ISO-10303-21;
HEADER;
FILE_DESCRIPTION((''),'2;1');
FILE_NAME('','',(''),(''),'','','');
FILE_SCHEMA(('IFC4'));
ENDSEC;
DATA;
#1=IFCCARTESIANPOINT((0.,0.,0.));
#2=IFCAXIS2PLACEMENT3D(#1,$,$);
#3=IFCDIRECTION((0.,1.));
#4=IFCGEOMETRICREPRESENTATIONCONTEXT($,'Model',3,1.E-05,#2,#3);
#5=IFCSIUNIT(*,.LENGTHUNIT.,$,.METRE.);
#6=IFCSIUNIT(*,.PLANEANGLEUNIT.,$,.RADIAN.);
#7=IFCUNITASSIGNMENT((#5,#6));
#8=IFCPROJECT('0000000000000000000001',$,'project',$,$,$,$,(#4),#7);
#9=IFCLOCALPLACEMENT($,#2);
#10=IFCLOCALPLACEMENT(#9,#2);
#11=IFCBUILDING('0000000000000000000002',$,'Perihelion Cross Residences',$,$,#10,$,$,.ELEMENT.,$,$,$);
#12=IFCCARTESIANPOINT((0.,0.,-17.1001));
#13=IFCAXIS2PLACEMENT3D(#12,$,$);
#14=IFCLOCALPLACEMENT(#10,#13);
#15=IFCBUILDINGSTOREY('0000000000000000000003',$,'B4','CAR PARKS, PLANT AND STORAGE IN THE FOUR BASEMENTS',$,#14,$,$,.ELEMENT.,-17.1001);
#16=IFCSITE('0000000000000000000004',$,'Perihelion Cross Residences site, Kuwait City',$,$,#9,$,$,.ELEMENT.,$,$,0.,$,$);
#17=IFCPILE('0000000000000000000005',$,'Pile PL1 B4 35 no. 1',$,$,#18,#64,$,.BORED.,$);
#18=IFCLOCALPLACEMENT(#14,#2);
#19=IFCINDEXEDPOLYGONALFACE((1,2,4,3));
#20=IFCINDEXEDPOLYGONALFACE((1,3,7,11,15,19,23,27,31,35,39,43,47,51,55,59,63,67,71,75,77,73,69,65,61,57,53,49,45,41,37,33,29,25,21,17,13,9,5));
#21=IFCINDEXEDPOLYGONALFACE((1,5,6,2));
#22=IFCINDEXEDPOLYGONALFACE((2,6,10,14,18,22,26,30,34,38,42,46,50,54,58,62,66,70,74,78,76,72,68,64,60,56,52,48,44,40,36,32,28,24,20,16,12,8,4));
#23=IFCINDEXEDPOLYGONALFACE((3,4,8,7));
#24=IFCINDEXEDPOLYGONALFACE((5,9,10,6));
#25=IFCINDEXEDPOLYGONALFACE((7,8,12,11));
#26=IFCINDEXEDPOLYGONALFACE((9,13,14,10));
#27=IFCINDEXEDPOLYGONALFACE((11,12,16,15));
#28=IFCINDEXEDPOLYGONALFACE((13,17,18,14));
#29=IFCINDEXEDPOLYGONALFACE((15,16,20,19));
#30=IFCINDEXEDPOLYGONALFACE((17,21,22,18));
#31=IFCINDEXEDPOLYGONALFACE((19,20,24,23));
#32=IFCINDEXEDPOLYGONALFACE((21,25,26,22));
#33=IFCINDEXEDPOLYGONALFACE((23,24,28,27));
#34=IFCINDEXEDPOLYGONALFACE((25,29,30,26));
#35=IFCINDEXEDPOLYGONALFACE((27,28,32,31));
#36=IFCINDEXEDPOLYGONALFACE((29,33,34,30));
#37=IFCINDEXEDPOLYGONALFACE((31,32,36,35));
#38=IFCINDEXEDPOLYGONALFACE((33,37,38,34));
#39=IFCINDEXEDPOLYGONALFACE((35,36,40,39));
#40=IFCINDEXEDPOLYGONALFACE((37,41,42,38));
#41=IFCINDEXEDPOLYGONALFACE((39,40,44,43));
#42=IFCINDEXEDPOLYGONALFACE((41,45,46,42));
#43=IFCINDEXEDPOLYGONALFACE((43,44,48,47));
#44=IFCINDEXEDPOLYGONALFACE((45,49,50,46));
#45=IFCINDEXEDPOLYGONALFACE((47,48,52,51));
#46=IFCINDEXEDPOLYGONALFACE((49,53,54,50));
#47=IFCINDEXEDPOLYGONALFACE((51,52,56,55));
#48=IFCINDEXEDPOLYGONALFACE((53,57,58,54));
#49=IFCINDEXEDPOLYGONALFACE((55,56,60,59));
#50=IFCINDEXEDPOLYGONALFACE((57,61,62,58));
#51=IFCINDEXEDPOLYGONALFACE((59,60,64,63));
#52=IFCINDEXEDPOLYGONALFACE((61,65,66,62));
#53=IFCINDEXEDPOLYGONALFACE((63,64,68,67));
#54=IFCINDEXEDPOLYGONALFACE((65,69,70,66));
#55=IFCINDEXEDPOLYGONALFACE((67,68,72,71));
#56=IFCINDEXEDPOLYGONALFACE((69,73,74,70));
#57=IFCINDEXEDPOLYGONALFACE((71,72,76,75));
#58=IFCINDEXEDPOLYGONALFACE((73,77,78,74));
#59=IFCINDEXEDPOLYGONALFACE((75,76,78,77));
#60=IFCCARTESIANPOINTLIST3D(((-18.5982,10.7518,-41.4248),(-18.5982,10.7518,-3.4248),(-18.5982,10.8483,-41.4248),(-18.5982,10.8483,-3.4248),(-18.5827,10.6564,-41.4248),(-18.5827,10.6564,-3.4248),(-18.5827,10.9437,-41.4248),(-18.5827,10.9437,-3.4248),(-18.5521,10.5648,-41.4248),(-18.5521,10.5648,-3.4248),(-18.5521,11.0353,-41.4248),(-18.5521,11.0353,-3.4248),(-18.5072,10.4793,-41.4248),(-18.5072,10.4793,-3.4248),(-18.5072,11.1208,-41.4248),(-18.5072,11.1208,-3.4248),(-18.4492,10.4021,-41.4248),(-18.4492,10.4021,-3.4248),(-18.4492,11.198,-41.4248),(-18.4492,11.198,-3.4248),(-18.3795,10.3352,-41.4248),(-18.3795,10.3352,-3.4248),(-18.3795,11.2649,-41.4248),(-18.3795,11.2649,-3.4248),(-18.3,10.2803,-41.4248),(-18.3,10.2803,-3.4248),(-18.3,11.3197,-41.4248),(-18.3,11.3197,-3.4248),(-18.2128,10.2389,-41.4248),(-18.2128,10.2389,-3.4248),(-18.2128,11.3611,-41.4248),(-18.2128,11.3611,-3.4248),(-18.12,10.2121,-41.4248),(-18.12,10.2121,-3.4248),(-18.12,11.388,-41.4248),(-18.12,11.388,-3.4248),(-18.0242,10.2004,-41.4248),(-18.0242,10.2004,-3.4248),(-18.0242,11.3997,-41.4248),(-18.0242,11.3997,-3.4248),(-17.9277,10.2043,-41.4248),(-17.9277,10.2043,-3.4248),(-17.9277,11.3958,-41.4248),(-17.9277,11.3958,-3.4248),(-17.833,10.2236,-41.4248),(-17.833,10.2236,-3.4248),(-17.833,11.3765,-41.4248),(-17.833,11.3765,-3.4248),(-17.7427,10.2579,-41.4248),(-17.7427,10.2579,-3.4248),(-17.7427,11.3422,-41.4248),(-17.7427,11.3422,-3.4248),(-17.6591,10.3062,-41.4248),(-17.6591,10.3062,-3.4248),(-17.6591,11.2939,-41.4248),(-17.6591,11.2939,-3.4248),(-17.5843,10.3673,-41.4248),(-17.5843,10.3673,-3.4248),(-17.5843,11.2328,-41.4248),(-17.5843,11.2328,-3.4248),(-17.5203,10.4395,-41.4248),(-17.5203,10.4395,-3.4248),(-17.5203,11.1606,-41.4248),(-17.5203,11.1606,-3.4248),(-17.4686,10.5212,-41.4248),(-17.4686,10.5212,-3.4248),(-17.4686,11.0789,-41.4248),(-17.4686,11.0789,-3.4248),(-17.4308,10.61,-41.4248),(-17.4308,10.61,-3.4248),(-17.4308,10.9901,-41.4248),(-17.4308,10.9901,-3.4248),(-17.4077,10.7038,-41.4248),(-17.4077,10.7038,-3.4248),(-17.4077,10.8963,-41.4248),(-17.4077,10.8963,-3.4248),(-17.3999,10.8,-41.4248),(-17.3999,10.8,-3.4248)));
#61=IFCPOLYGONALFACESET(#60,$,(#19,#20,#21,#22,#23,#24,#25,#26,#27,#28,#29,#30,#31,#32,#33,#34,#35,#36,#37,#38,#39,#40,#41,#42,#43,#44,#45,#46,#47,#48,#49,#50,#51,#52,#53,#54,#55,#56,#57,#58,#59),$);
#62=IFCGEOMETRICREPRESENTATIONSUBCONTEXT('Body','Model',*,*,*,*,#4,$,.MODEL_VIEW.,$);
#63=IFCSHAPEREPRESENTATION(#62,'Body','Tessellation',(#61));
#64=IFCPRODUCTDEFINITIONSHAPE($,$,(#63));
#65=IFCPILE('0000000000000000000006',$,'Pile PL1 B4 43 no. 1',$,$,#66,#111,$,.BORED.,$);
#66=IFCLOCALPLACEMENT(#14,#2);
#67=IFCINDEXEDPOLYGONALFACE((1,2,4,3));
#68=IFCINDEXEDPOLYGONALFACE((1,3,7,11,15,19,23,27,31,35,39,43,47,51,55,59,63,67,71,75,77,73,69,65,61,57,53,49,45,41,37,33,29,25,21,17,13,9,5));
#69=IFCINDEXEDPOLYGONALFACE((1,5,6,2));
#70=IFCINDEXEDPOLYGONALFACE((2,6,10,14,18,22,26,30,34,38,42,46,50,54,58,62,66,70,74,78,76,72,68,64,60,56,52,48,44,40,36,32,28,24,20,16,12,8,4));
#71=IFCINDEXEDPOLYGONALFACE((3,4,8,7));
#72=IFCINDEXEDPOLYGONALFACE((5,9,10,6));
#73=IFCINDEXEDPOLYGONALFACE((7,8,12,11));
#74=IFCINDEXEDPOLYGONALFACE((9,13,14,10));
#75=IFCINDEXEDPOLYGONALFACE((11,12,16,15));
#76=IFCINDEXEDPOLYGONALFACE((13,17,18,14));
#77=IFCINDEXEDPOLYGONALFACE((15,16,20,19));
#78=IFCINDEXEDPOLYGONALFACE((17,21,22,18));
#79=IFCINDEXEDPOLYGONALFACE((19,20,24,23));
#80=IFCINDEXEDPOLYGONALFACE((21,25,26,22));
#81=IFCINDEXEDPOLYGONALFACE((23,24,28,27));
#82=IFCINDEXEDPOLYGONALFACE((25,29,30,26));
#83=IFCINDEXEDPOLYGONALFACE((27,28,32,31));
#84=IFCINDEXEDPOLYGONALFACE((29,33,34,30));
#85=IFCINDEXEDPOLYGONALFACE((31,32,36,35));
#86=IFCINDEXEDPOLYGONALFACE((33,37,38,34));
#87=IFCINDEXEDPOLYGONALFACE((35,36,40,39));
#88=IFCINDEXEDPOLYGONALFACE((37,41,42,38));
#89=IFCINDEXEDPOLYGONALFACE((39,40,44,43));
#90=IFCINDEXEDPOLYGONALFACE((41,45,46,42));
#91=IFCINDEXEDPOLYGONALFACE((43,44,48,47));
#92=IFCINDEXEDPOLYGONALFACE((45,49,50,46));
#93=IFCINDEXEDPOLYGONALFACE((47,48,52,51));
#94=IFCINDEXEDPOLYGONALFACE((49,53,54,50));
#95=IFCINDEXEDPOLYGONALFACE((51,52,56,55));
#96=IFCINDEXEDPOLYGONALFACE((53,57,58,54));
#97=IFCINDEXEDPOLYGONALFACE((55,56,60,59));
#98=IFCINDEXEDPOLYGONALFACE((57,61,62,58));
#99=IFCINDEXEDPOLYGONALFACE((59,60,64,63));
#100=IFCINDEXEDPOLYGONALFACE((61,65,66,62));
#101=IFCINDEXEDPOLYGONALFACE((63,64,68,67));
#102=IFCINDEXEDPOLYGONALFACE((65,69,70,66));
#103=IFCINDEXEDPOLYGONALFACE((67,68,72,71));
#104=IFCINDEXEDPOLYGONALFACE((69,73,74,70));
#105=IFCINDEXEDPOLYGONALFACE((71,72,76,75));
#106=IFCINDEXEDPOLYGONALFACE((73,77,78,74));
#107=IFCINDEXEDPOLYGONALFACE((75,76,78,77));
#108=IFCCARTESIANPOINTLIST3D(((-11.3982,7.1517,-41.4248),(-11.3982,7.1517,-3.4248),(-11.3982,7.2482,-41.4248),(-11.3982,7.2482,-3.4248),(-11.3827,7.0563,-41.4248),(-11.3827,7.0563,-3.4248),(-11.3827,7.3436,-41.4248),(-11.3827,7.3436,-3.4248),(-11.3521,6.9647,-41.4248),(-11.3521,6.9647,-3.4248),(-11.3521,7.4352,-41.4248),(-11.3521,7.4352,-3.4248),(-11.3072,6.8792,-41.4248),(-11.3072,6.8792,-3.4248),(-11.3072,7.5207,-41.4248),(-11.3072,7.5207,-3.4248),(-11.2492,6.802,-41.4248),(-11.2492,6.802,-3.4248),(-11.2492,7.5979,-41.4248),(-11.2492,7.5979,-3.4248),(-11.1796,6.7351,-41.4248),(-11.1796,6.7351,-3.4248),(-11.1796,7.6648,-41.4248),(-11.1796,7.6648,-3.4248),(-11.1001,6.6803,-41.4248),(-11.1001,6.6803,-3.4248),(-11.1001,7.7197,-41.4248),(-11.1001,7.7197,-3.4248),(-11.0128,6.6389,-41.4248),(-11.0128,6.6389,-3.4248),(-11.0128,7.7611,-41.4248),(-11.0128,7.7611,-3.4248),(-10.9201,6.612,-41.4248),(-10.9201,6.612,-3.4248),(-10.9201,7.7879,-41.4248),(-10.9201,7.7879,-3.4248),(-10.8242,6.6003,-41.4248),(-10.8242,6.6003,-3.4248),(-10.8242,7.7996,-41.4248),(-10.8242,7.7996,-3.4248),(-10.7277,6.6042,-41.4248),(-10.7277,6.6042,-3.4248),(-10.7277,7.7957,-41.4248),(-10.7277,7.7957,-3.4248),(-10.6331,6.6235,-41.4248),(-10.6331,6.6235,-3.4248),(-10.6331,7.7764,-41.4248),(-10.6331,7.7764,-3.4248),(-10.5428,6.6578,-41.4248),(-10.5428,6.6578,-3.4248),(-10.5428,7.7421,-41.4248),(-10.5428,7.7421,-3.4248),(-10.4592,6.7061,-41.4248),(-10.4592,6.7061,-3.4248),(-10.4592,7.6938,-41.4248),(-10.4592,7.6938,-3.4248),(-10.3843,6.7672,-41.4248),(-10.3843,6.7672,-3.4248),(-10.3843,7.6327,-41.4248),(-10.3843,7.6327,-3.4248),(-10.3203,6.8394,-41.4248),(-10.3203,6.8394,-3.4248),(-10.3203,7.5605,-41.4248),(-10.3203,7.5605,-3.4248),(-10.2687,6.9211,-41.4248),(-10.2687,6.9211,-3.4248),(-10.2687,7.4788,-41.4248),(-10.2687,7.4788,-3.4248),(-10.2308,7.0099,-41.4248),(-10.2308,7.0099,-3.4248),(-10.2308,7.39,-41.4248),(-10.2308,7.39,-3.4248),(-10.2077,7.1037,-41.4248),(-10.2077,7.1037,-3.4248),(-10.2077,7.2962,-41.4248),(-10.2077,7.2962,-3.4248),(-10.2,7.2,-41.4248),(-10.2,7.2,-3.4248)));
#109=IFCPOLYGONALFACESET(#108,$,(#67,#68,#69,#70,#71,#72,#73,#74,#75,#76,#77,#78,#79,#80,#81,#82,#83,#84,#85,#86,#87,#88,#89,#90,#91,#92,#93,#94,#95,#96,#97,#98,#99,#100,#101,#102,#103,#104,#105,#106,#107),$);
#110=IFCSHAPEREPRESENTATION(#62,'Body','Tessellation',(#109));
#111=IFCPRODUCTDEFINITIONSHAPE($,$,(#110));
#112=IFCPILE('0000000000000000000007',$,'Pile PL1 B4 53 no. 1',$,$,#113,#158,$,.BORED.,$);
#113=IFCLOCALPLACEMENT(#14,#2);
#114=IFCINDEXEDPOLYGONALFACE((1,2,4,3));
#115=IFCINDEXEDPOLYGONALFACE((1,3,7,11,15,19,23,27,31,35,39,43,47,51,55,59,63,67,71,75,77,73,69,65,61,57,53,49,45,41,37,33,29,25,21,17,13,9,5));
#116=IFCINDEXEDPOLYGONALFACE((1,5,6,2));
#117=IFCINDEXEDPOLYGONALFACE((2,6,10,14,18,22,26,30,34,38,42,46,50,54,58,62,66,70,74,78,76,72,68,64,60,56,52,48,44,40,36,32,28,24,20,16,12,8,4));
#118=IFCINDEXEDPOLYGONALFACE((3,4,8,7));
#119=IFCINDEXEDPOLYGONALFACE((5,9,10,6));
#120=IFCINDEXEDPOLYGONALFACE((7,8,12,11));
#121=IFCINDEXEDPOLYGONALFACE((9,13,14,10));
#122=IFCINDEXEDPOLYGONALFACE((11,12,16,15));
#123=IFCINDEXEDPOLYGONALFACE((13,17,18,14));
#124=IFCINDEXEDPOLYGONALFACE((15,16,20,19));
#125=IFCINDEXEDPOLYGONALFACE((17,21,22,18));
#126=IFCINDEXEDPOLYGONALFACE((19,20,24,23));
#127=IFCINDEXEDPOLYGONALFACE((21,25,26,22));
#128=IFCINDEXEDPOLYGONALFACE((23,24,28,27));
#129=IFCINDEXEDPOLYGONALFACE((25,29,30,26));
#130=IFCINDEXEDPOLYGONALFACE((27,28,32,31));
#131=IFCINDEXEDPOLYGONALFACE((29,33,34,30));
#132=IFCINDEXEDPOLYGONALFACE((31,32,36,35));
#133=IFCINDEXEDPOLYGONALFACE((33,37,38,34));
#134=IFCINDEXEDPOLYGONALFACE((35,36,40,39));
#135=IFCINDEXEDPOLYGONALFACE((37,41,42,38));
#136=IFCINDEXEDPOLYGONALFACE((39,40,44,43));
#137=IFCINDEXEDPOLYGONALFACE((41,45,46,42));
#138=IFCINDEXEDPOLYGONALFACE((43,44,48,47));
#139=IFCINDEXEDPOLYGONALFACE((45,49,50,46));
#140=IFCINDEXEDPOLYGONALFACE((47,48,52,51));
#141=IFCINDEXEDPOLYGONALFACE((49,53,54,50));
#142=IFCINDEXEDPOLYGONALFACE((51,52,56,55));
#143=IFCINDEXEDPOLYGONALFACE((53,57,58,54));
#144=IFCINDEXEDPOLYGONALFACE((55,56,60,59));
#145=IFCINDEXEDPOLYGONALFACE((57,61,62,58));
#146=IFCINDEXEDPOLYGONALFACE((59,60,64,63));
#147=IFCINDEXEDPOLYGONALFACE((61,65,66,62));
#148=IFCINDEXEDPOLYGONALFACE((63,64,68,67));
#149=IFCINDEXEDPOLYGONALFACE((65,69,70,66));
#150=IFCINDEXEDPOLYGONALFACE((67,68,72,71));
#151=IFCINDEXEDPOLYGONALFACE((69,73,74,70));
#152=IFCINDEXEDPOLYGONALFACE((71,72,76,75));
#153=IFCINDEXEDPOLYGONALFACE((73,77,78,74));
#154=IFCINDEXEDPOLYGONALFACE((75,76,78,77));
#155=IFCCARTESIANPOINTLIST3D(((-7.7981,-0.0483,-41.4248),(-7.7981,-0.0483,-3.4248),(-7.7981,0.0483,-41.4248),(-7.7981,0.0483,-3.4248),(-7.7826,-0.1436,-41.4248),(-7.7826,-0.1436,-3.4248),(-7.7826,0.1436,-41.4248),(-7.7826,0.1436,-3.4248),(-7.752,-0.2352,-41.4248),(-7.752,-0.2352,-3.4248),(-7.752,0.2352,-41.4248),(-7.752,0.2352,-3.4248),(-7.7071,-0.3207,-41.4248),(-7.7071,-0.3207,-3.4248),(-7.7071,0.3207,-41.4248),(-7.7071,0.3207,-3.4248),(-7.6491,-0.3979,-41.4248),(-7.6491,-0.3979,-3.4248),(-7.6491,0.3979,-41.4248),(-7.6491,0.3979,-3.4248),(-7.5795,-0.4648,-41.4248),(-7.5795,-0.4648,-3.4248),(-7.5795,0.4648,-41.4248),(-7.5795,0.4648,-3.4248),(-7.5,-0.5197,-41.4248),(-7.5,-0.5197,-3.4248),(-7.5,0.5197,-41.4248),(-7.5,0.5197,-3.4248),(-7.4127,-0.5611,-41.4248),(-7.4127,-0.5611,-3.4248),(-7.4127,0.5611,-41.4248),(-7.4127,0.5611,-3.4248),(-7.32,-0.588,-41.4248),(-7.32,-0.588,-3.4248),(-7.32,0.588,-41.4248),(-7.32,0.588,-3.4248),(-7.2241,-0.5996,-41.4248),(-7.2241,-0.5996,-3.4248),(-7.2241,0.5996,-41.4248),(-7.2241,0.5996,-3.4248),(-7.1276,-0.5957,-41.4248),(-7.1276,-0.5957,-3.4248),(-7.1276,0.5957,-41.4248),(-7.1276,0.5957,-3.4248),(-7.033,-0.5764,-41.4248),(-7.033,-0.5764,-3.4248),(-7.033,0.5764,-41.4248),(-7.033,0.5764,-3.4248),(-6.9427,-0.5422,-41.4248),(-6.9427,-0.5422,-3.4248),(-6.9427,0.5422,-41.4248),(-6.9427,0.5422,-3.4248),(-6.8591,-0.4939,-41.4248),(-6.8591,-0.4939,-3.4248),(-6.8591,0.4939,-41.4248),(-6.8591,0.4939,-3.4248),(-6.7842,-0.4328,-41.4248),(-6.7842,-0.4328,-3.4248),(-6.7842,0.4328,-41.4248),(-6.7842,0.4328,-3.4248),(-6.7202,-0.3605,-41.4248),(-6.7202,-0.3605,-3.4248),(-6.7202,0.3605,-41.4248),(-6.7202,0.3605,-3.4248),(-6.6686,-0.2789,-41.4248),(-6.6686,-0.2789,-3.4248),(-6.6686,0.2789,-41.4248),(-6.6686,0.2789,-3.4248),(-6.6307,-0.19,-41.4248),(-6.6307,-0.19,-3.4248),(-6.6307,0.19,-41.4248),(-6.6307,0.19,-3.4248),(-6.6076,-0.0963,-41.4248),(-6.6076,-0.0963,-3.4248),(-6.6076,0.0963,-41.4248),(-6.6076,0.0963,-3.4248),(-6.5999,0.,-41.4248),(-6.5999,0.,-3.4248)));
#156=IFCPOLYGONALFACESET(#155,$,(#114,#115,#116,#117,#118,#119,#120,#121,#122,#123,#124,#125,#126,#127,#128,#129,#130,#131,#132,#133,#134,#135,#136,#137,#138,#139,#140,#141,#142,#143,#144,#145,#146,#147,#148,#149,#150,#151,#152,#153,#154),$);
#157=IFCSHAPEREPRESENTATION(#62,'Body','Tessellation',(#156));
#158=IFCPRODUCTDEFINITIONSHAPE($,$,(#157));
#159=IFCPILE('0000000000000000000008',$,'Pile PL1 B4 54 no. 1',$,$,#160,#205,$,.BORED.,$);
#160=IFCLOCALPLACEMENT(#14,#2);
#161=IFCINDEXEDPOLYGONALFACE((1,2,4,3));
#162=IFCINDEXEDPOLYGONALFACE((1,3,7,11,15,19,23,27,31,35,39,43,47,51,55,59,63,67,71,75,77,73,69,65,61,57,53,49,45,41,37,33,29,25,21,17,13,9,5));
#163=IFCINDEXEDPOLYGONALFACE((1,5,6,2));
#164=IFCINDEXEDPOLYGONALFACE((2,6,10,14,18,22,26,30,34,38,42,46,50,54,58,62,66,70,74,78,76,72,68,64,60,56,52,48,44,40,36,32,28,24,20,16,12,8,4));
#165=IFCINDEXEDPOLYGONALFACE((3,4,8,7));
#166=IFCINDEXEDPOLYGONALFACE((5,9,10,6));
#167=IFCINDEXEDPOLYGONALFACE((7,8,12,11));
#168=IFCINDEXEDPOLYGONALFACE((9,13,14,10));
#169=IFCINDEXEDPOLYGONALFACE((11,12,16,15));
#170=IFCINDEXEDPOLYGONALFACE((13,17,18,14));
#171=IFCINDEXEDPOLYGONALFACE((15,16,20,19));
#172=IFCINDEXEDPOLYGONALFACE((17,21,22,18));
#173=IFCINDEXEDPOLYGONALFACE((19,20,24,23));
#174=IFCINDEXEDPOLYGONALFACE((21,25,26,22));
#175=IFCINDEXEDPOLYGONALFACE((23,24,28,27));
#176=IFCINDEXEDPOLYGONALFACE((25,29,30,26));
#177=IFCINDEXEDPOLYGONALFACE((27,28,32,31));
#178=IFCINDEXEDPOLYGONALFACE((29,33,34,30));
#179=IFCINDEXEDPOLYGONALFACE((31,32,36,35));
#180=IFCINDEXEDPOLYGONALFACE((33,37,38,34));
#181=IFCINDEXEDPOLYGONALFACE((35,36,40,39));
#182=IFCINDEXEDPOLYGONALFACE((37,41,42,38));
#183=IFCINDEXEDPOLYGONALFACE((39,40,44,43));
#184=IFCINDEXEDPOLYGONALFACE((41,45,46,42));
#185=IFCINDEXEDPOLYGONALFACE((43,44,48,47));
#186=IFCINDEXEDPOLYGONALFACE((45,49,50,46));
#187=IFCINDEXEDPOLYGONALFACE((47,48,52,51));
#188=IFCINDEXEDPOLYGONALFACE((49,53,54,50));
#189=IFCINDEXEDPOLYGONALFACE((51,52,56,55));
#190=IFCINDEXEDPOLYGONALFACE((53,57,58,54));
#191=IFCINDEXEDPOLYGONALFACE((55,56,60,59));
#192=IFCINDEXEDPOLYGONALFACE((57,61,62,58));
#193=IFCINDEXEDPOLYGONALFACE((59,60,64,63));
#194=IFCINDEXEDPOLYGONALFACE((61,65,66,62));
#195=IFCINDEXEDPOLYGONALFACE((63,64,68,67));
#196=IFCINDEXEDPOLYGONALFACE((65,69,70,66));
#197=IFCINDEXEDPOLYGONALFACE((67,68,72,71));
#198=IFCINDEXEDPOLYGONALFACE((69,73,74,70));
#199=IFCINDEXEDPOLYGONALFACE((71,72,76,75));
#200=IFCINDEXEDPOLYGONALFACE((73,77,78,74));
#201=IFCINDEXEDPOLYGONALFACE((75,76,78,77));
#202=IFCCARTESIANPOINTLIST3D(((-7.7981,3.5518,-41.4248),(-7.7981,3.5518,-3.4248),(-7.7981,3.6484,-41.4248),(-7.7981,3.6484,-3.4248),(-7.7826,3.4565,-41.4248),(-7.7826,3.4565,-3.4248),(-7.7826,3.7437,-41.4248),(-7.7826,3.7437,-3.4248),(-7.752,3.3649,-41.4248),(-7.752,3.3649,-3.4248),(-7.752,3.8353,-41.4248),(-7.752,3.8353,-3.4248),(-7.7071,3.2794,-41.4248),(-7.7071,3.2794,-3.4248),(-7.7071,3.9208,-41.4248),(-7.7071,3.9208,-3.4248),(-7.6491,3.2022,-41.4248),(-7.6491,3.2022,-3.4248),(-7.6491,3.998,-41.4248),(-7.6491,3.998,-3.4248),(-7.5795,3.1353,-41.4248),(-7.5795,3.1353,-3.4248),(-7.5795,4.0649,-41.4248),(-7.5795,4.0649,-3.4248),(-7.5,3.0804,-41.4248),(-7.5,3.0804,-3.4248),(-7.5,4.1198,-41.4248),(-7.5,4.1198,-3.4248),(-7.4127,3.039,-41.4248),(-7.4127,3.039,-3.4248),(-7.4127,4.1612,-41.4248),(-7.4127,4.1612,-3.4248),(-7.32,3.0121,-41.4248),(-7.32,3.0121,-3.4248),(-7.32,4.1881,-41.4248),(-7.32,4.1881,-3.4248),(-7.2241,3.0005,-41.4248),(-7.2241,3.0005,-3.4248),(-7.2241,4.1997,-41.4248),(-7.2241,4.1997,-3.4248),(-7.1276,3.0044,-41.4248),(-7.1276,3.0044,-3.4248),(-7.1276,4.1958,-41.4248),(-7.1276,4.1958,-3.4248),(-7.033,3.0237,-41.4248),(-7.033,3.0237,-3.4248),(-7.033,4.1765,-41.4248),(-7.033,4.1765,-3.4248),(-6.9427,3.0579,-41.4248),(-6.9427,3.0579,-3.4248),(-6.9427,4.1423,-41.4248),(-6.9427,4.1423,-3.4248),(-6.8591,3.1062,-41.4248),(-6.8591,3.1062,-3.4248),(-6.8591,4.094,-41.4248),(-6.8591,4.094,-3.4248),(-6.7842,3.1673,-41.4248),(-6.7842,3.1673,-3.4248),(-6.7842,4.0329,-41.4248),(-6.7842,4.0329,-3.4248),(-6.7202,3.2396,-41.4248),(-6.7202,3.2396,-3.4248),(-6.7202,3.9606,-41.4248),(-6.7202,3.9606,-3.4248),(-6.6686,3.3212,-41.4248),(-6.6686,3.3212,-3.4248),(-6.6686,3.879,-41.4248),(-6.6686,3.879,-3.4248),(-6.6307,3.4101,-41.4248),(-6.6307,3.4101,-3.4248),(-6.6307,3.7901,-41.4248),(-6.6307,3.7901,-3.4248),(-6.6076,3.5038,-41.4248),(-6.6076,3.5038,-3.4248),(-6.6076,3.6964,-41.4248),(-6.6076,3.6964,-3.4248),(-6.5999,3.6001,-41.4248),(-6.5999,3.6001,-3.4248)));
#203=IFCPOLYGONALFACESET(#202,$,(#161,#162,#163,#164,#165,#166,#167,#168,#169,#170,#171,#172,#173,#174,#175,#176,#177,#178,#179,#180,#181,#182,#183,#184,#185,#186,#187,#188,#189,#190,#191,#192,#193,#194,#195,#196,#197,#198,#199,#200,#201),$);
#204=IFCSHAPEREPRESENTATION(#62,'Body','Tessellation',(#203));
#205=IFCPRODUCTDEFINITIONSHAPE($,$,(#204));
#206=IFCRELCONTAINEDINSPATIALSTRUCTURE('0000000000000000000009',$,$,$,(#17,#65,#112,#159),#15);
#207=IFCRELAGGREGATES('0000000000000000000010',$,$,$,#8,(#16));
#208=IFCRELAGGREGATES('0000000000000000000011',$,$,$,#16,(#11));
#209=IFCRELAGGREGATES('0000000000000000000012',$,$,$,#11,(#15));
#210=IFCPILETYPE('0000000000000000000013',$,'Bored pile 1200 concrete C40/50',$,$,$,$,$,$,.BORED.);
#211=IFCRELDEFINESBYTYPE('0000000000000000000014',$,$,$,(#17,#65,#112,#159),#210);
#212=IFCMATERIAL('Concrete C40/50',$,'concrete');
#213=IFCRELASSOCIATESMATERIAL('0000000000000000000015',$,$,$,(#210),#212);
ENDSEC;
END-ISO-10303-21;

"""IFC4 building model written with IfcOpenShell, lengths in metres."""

from ifc_helpers import new_model, si_unit, direction, frame, origin, origin_2d, place, context, subcontext, project, spatial, circle, extrude, material, type_object, element, save


model = new_model("IFC4")

# Units and contexts
model_context = context("Model", 3, precision=1e-05, world=origin(), true_north=direction((0.0, 1.0)))
body_context = subcontext(model_context, "Body", "Model", "MODEL_VIEW")
ifc_project = project(units=[si_unit("LENGTHUNIT", "METRE"), si_unit("PLANEANGLEUNIT", "RADIAN")], contexts=[model_context])

# Site, building, storey
site_placement = place(None, origin())
site = spatial("IfcSite", under=ifc_project, at=site_placement, Name="Perihelion Cross Residences site, Kuwait City", CompositionType="ELEMENT", RefElevation=0.0)
building_placement = place(site_placement, origin())
building = spatial("IfcBuilding", under=site, at=building_placement, Name="Perihelion Cross Residences", CompositionType="ELEMENT")
storey_placement = place(building_placement, frame((0.0, 0.0, -17.1001)))
storey = spatial("IfcBuildingStorey", under=building, at=storey_placement, Name="B4", Description="CAR PARKS, PLANT AND STORAGE IN THE FOUR BASEMENTS", CompositionType="ELEMENT", Elevation=-17.1001)

# Piles
ifc_material_1 = material(Name="Concrete C40/50", Category="concrete")
pile_type = type_object("IfcPileType", Name="Bored pile 1200 concrete C40/50", PredefinedType="BORED", material=ifc_material_1)
for number, where, z_axis, x_axis, name in (
    (1, (-18.0, 10.8, -3.4248), (0.0, 0.0, -1.0), (1.0, 0.0, 0.0), "Pile PL1 B4 35 no. 1"),
    (2, (-10.8, 7.2, -3.4248), (0.0, 0.0, -1.0), (1.0, 0.0, 0.0), "Pile PL1 B4 43 no. 1"),
    (3, (-7.2, 0.0, -3.4248), (0.0, 0.0, -1.0), (1.0, 0.0, 0.0), "Pile PL1 B4 53 no. 1"),
    (4, (-7.2, 3.6001, -3.4248), (0.0, 0.0, -1.0), (1.0, 0.0, 0.0), "Pile PL1 B4 54 no. 1"),
):
    element("IfcPile", number, at=place(storey_placement, frame(where, z_axis=z_axis, x_axis=x_axis)), inside=storey, type_object=pile_type, Name=name, PredefinedType="BORED", context=body_context, shape_type="SweptSolid", body=[
        extrude(circle(Radius=0.6001, at=origin_2d()), origin(), (0.0, 0.0, 1.0), 38.0),
    ])

save(model, "model.ifc")
